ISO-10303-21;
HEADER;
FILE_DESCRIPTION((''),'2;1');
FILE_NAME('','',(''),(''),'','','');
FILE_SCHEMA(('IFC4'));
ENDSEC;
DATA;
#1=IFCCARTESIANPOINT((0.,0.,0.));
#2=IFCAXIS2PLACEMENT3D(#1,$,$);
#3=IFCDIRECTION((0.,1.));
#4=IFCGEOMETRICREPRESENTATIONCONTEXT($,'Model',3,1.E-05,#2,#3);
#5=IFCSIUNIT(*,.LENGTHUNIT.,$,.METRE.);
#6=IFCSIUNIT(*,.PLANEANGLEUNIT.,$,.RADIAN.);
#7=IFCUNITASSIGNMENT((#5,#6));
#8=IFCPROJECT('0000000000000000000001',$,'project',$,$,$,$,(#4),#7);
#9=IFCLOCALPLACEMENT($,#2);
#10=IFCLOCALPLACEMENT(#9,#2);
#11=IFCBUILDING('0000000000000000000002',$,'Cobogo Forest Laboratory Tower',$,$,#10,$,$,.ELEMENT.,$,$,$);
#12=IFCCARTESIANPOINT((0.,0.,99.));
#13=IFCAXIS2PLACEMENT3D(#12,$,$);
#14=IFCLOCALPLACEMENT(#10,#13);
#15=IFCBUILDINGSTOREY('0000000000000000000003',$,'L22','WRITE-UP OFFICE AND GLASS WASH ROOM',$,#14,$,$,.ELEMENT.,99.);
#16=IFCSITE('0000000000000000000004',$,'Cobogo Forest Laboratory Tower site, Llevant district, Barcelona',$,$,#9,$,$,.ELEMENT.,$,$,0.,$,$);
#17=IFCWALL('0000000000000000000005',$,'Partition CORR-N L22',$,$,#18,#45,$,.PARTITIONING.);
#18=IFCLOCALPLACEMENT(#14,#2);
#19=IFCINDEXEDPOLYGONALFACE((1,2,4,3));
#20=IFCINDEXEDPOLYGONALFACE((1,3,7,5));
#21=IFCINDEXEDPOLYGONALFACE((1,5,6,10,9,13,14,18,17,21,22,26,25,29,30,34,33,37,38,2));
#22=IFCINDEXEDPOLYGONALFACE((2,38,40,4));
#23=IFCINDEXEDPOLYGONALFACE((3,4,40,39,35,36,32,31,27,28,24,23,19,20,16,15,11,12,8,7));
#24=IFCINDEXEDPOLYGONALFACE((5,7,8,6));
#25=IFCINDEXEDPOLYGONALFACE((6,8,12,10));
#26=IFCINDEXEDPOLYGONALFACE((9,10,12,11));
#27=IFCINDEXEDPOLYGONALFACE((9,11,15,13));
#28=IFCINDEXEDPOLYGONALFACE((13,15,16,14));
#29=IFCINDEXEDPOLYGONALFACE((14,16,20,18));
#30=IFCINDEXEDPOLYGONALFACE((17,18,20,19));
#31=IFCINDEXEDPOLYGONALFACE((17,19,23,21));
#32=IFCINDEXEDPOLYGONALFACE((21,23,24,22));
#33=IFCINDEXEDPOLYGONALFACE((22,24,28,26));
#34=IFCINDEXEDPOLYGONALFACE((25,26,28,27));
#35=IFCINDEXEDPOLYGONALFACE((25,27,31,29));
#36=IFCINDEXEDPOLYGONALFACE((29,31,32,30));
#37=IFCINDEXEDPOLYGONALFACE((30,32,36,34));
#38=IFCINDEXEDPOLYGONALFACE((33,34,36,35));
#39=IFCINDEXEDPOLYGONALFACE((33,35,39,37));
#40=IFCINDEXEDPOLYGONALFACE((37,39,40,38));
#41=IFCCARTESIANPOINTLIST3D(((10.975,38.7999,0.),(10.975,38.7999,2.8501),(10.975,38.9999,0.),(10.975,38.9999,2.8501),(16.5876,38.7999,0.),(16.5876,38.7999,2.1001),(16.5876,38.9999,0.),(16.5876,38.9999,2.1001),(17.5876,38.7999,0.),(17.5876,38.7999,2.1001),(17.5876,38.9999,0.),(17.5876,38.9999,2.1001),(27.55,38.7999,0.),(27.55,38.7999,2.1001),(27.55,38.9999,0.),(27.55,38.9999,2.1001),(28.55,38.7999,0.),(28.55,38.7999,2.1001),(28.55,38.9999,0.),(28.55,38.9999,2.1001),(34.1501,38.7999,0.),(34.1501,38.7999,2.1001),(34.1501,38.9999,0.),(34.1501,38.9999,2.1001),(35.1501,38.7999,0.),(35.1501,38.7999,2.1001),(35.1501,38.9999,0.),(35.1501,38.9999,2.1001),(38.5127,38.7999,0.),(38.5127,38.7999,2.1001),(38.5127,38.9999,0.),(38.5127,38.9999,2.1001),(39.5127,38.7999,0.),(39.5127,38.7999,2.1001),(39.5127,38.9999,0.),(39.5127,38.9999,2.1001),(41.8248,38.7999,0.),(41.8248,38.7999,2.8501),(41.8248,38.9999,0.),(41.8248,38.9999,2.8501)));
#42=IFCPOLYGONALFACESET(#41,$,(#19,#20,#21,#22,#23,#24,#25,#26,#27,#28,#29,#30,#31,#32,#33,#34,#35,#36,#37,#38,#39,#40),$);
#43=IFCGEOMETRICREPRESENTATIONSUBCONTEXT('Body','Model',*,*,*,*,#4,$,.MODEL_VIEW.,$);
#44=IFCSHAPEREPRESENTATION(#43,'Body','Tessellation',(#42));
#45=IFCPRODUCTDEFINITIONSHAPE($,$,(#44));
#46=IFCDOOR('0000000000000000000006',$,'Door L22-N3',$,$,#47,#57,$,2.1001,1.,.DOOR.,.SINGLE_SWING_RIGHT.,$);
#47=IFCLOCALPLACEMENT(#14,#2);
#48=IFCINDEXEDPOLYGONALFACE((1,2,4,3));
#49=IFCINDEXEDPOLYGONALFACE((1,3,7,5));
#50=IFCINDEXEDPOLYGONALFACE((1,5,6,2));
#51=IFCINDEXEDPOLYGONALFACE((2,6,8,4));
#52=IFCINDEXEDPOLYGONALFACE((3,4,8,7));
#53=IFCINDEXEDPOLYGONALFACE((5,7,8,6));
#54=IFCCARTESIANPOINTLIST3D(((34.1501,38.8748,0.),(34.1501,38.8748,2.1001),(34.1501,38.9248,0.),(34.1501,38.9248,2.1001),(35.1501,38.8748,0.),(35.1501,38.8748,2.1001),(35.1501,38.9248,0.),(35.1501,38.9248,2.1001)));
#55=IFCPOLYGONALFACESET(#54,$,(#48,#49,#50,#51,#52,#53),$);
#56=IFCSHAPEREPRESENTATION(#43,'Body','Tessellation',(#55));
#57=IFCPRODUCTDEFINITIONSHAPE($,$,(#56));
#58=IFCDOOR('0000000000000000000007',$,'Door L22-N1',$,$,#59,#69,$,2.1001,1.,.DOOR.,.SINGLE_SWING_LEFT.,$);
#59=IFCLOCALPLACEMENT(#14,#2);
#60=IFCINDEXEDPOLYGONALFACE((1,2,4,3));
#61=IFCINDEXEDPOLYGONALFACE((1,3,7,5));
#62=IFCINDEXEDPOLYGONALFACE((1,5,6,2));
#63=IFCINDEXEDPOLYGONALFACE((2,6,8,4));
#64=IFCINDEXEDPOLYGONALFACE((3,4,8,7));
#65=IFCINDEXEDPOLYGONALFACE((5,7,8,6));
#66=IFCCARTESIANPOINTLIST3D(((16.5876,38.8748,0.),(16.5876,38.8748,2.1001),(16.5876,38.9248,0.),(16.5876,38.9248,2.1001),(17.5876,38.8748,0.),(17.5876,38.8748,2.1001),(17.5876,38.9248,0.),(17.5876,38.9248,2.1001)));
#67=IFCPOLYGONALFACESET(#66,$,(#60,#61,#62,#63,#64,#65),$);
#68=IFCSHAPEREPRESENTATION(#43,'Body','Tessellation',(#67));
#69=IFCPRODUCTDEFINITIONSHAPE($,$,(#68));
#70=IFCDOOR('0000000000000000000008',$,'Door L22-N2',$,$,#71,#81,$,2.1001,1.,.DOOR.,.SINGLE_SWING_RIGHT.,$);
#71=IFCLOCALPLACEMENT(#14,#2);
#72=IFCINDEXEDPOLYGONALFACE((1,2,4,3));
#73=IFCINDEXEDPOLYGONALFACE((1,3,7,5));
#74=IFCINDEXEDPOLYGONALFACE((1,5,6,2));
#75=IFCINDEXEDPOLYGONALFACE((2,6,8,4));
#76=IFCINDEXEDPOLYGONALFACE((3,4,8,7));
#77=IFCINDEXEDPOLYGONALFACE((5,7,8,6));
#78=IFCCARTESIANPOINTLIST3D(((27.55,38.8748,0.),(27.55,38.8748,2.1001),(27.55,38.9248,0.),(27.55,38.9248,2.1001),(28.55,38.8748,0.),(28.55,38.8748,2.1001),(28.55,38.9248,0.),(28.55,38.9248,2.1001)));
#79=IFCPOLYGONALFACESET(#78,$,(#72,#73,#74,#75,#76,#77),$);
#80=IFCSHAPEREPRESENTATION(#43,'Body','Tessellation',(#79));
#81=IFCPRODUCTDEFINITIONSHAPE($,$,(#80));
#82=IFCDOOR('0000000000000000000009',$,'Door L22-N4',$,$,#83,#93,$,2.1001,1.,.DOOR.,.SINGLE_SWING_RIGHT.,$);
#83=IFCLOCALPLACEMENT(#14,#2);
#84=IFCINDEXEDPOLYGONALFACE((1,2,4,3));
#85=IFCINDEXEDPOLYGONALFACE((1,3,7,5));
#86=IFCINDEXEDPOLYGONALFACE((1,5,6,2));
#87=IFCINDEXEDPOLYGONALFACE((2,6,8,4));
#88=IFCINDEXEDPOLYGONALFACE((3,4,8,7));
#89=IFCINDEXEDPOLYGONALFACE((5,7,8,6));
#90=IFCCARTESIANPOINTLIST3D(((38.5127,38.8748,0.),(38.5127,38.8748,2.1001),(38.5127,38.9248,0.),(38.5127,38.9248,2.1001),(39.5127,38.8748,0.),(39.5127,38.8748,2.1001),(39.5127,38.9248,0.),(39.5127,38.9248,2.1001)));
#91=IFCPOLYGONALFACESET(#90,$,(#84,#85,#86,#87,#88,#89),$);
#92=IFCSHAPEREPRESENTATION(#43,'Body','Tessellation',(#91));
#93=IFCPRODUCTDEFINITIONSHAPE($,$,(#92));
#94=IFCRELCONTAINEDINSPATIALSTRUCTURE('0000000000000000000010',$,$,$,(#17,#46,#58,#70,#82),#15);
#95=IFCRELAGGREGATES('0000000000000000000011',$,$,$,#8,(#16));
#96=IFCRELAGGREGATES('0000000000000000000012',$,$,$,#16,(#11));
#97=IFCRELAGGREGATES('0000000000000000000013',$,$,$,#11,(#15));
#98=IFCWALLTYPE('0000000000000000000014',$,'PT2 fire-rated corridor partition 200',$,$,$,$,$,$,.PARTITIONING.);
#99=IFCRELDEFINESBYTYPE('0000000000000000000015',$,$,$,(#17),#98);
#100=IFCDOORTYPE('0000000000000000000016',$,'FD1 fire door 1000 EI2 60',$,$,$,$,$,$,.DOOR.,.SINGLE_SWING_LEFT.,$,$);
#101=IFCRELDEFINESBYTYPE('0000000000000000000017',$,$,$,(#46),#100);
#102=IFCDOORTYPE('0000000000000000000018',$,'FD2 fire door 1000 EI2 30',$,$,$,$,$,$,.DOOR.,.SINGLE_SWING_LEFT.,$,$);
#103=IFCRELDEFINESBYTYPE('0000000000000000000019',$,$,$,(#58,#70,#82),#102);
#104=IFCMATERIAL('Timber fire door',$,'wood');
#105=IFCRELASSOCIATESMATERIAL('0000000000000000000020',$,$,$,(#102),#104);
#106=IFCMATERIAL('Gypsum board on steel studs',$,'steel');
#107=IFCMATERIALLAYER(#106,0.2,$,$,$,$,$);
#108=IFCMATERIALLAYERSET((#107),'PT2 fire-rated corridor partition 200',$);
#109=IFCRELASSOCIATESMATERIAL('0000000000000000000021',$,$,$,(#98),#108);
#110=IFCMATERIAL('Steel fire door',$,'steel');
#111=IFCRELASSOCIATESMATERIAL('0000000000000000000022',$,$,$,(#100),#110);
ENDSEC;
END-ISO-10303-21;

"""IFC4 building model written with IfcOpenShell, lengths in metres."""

from ifc_helpers import new_model, si_unit, direction, frame, frame_2d, origin, place, context, subcontext, project, spatial, rectangle, extrude, material, layer, layer_set, type_object, element, fill, save


model = new_model("IFC4")

# Units and contexts
model_context = context("Model", 3, precision=1e-05, world=origin(), true_north=direction((0.0, 1.0)))
body_context = subcontext(model_context, "Body", "Model", "MODEL_VIEW")
ifc_project = project(units=[si_unit("LENGTHUNIT", "METRE"), si_unit("PLANEANGLEUNIT", "RADIAN")], contexts=[model_context])

# Site, building, storey
site_placement = place(None, origin())
site = spatial("IfcSite", under=ifc_project, at=site_placement, Name="Cobogo Forest Laboratory Tower site, Llevant district, Barcelona", CompositionType="ELEMENT", RefElevation=0.0)
building_placement = place(site_placement, origin())
building = spatial("IfcBuilding", under=site, at=building_placement, Name="Cobogo Forest Laboratory Tower", CompositionType="ELEMENT")
storey_placement = place(building_placement, frame((0.0, 0.0, 99.0)))
storey = spatial("IfcBuildingStorey", under=building, at=storey_placement, Name="L22", Description="WRITE-UP OFFICE AND GLASS WASH ROOM", CompositionType="ELEMENT", Elevation=99.0)

# Shared definitions
ifc_material_1 = material(Name="Gypsum board on steel studs", Category="steel")
ifc_material_2 = material(Name="Timber fire door", Category="wood")
door_type_1 = type_object("IfcDoorType", Name="FD2 fire door 1000 EI2 30", OperationType="SINGLE_SWING_LEFT", PredefinedType="DOOR", material=ifc_material_2)

# Wall, openings, doors
ifc_layer_1 = layer(ifc_material_1, 0.2)
ifc_layer_set_1 = layer_set([ifc_layer_1], Name="PT2 fire-rated corridor partition 200")
wall_type_1 = type_object("IfcWallType", Name="PT2 fire-rated corridor partition 200", PredefinedType="PARTITIONING", material=ifc_layer_set_1)
wall_1_placement = place(storey_placement, frame((10.9751, 38.8999, 0.0), z_axis=(0.0, 0.0, 1.0), x_axis=(1.0, 0.0, 0.0)))
wall_1 = element("IfcWall", 1, at=wall_1_placement, inside=storey, type_object=wall_type_1, Name="Partition CORR-N L22", PredefinedType="PARTITIONING", context=body_context, shape_type="SweptSolid", body=[
    extrude(rectangle(XDim=30.8499, YDim=0.2, at=frame_2d((15.4248, 0.0))), origin(), (0.0, 0.0, 1.0), 2.8501),
])
opening_1_placement = place(wall_1_placement, frame((5.6125, 0.0, 0.0)))
opening_1 = element("IfcOpeningElement", 2, at=opening_1_placement, cuts=wall_1, PredefinedType="OPENING", context=body_context, shape_type="SweptSolid", body=[
    extrude(rectangle(XDim=1.0, YDim=2.1001, at=frame_2d((0.5, 1.05))), frame((0.0, 0.1099, 0.0), z_axis=(0.0, -1.0, 0.0), x_axis=(1.0, 0.0, 0.0)), (0.0, 0.0, 1.0), 0.22),
])
opening_2_placement = place(wall_1_placement, frame((16.575, 0.0, 0.0)))
opening_2 = element("IfcOpeningElement", 3, at=opening_2_placement, cuts=wall_1, PredefinedType="OPENING", context=body_context, shape_type="SweptSolid", body=[
    extrude(rectangle(XDim=1.0, YDim=2.1001, at=frame_2d((0.5, 1.05))), frame((0.0, 0.1099, 0.0), z_axis=(0.0, -1.0, 0.0), x_axis=(1.0, 0.0, 0.0)), (0.0, 0.0, 1.0), 0.22),
])
opening_3_placement = place(wall_1_placement, frame((23.175, 0.0, 0.0)))
opening_3 = element("IfcOpeningElement", 4, at=opening_3_placement, cuts=wall_1, PredefinedType="OPENING", context=body_context, shape_type="SweptSolid", body=[
    extrude(rectangle(XDim=1.0, YDim=2.1001, at=frame_2d((0.5, 1.05))), frame((0.0, 0.1099, 0.0), z_axis=(0.0, -1.0, 0.0), x_axis=(1.0, 0.0, 0.0)), (0.0, 0.0, 1.0), 0.22),
])
opening_4_placement = place(wall_1_placement, frame((27.5376, 0.0, 0.0)))
opening_4 = element("IfcOpeningElement", 5, at=opening_4_placement, cuts=wall_1, PredefinedType="OPENING", context=body_context, shape_type="SweptSolid", body=[
    extrude(rectangle(XDim=1.0, YDim=2.1001, at=frame_2d((0.5, 1.05))), frame((0.0, 0.1099, 0.0), z_axis=(0.0, -1.0, 0.0), x_axis=(1.0, 0.0, 0.0)), (0.0, 0.0, 1.0), 0.22),
])
ifc_material_3 = material(Name="Steel fire door", Category="steel")
door_type_2 = type_object("IfcDoorType", Name="FD1 fire door 1000 EI2 60", OperationType="SINGLE_SWING_LEFT", PredefinedType="DOOR", material=ifc_material_3)
door_1_placement = place(opening_3_placement, origin())
door_1 = element("IfcDoor", 6, at=door_1_placement, inside=storey, type_object=door_type_2, Name="Door L22-N3", OperationType="SINGLE_SWING_RIGHT", OverallHeight=2.1001, OverallWidth=1.0, PredefinedType="DOOR", context=body_context, shape_type="SweptSolid", body=[
    extrude(rectangle(XDim=1.0, YDim=2.1001, at=frame_2d((0.5, 1.05))), frame((0.0, 0.0249, 0.0), z_axis=(0.0, -1.0, 0.0), x_axis=(1.0, 0.0, 0.0)), (0.0, 0.0, 1.0), 0.05),
])
fill(opening_3, door_1)
door_2_placement = place(opening_1_placement, origin())
door_2 = element("IfcDoor", 7, at=door_2_placement, inside=storey, type_object=door_type_1, Name="Door L22-N1", OperationType="SINGLE_SWING_LEFT", OverallHeight=2.1001, OverallWidth=1.0, PredefinedType="DOOR", context=body_context, shape_type="SweptSolid", body=[
    extrude(rectangle(XDim=1.0, YDim=2.1001, at=frame_2d((0.5, 1.05))), frame((0.0, 0.0249, 0.0), z_axis=(0.0, -1.0, 0.0), x_axis=(1.0, 0.0, 0.0)), (0.0, 0.0, 1.0), 0.05),
])
fill(opening_1, door_2)
door_3_placement = place(opening_2_placement, origin())
door_3 = element("IfcDoor", 8, at=door_3_placement, inside=storey, type_object=door_type_1, Name="Door L22-N2", OperationType="SINGLE_SWING_RIGHT", OverallHeight=2.1001, OverallWidth=1.0, PredefinedType="DOOR", context=body_context, shape_type="SweptSolid", body=[
    extrude(rectangle(XDim=1.0, YDim=2.1001, at=frame_2d((0.5, 1.05))), frame((0.0, 0.0249, 0.0), z_axis=(0.0, -1.0, 0.0), x_axis=(1.0, 0.0, 0.0)), (0.0, 0.0, 1.0), 0.05),
])
fill(opening_2, door_3)
door_4_placement = place(opening_4_placement, origin())
door_4 = element("IfcDoor", 9, at=door_4_placement, inside=storey, type_object=door_type_1, Name="Door L22-N4", OperationType="SINGLE_SWING_RIGHT", OverallHeight=2.1001, OverallWidth=1.0, PredefinedType="DOOR", context=body_context, shape_type="SweptSolid", body=[
    extrude(rectangle(XDim=1.0, YDim=2.1001, at=frame_2d((0.5, 1.05))), frame((0.0, 0.0249, 0.0), z_axis=(0.0, -1.0, 0.0), x_axis=(1.0, 0.0, 0.0)), (0.0, 0.0, 1.0), 0.05),
])
fill(opening_4, door_4)

save(model, "model.ifc")
